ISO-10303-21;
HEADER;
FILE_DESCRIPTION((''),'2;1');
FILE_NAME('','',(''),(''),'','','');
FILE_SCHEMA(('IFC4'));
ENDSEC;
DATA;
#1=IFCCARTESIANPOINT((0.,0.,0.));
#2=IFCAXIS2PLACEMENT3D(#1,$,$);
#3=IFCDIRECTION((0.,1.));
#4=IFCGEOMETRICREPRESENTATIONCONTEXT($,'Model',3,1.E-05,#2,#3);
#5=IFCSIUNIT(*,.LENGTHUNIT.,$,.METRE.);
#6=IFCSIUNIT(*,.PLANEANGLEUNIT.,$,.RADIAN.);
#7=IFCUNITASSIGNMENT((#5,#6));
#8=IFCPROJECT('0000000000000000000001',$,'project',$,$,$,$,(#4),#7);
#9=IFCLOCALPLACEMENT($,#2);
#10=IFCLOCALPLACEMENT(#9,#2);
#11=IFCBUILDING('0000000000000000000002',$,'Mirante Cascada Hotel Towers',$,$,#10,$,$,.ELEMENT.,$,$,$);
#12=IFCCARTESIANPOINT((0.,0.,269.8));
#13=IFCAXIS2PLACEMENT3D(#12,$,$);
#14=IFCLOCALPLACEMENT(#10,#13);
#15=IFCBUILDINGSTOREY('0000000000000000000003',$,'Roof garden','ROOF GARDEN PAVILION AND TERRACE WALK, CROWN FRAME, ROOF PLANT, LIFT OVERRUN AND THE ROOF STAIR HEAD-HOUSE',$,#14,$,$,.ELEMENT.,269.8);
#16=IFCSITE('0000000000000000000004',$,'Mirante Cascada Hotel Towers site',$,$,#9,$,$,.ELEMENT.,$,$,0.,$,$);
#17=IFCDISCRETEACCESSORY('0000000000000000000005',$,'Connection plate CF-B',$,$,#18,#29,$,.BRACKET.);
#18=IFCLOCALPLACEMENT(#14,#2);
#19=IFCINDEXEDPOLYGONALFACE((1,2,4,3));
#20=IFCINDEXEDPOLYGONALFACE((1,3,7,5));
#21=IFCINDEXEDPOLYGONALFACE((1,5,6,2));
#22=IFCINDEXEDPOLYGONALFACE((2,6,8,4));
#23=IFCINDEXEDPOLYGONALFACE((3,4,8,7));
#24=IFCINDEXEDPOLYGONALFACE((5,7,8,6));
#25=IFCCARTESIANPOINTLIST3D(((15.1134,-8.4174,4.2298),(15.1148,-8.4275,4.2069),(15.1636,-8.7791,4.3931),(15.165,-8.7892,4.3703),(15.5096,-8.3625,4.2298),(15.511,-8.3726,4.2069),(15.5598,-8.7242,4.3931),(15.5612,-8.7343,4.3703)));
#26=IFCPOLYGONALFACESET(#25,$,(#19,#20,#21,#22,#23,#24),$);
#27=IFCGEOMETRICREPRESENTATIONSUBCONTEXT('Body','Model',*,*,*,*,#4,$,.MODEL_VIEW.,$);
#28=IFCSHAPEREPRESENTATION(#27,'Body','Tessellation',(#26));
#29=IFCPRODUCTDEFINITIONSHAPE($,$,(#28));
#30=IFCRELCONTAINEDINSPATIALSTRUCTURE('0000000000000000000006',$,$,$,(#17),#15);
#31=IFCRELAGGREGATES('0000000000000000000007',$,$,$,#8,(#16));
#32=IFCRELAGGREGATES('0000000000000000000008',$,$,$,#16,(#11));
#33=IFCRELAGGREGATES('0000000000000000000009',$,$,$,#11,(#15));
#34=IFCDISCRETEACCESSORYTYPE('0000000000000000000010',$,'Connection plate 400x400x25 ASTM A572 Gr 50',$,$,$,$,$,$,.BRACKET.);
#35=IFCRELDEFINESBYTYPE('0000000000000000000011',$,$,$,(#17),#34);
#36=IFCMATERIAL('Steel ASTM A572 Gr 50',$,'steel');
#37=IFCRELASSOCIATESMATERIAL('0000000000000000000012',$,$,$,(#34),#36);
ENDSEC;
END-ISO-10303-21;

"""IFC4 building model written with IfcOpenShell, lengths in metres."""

from ifc_helpers import new_model, si_unit, direction, frame, origin, origin_2d, place, context, subcontext, project, spatial, rectangle, extrude, material, material_profile, profile_set, type_object, element, save


model = new_model("IFC4")

# Units and contexts
model_context = context("Model", 3, precision=1e-05, world=origin(), true_north=direction((0.0, 1.0)))
body_context = subcontext(model_context, "Body", "Model", "MODEL_VIEW")
ifc_project = project(units=[si_unit("LENGTHUNIT", "METRE"), si_unit("PLANEANGLEUNIT", "RADIAN")], contexts=[model_context])

# Site, building, storey
site_placement = place(None, origin())
site = spatial("IfcSite", under=ifc_project, at=site_placement, Name="Mirante Cascada Hotel Towers site", CompositionType="ELEMENT", RefElevation=0.0)
building_placement = place(site_placement, origin())
building = spatial("IfcBuilding", under=site, at=building_placement, Name="Mirante Cascada Hotel Towers", CompositionType="ELEMENT")
storey_placement = place(building_placement, frame((0.0, 0.0, 269.8)))
storey = spatial("IfcBuildingStorey", under=building, at=storey_placement, Name="Roof garden", Description="ROOF GARDEN PAVILION AND TERRACE WALK, CROWN FRAME, ROOF PLANT, LIFT OVERRUN AND THE ROOF STAIR HEAD-HOUSE", CompositionType="ELEMENT", Elevation=269.8)

# Discrete accessory
ifc_material_1 = material(Name="Steel ASTM A572 Gr 50", Category="steel")
ifc_material_profile_1 = material_profile(ifc_material_1, rectangle(XDim=0.4, YDim=0.4, at=origin_2d()), Name="Connection plate 400x400x25 ASTM A572 Gr 50")
ifc_profile_set_1 = profile_set([ifc_material_profile_1], Name="Steel ASTM A572 Gr 50")
discrete_accessory_type = type_object("IfcDiscreteAccessoryType", Name="Connection plate 400x400x25 ASTM A572 Gr 50", PredefinedType="BRACKET", material=ifc_profile_set_1)
discrete_accessory_1_placement = place(storey_placement, frame((15.338, -8.5809, 4.2886), z_axis=(-0.056053, 0.404385, 0.91287), x_axis=(-0.990529, -0.137301, 0.0)))
element("IfcDiscreteAccessory", 1, at=discrete_accessory_1_placement, inside=storey, type_object=discrete_accessory_type, Name="Connection plate CF-B", PredefinedType="BRACKET", context=body_context, shape_type="SweptSolid", body=[
    extrude(rectangle(XDim=0.4, YDim=0.4, at=origin_2d()), origin(), (0.0, 0.0, 1.0), 0.025),
])

save(model, "model.ifc")
